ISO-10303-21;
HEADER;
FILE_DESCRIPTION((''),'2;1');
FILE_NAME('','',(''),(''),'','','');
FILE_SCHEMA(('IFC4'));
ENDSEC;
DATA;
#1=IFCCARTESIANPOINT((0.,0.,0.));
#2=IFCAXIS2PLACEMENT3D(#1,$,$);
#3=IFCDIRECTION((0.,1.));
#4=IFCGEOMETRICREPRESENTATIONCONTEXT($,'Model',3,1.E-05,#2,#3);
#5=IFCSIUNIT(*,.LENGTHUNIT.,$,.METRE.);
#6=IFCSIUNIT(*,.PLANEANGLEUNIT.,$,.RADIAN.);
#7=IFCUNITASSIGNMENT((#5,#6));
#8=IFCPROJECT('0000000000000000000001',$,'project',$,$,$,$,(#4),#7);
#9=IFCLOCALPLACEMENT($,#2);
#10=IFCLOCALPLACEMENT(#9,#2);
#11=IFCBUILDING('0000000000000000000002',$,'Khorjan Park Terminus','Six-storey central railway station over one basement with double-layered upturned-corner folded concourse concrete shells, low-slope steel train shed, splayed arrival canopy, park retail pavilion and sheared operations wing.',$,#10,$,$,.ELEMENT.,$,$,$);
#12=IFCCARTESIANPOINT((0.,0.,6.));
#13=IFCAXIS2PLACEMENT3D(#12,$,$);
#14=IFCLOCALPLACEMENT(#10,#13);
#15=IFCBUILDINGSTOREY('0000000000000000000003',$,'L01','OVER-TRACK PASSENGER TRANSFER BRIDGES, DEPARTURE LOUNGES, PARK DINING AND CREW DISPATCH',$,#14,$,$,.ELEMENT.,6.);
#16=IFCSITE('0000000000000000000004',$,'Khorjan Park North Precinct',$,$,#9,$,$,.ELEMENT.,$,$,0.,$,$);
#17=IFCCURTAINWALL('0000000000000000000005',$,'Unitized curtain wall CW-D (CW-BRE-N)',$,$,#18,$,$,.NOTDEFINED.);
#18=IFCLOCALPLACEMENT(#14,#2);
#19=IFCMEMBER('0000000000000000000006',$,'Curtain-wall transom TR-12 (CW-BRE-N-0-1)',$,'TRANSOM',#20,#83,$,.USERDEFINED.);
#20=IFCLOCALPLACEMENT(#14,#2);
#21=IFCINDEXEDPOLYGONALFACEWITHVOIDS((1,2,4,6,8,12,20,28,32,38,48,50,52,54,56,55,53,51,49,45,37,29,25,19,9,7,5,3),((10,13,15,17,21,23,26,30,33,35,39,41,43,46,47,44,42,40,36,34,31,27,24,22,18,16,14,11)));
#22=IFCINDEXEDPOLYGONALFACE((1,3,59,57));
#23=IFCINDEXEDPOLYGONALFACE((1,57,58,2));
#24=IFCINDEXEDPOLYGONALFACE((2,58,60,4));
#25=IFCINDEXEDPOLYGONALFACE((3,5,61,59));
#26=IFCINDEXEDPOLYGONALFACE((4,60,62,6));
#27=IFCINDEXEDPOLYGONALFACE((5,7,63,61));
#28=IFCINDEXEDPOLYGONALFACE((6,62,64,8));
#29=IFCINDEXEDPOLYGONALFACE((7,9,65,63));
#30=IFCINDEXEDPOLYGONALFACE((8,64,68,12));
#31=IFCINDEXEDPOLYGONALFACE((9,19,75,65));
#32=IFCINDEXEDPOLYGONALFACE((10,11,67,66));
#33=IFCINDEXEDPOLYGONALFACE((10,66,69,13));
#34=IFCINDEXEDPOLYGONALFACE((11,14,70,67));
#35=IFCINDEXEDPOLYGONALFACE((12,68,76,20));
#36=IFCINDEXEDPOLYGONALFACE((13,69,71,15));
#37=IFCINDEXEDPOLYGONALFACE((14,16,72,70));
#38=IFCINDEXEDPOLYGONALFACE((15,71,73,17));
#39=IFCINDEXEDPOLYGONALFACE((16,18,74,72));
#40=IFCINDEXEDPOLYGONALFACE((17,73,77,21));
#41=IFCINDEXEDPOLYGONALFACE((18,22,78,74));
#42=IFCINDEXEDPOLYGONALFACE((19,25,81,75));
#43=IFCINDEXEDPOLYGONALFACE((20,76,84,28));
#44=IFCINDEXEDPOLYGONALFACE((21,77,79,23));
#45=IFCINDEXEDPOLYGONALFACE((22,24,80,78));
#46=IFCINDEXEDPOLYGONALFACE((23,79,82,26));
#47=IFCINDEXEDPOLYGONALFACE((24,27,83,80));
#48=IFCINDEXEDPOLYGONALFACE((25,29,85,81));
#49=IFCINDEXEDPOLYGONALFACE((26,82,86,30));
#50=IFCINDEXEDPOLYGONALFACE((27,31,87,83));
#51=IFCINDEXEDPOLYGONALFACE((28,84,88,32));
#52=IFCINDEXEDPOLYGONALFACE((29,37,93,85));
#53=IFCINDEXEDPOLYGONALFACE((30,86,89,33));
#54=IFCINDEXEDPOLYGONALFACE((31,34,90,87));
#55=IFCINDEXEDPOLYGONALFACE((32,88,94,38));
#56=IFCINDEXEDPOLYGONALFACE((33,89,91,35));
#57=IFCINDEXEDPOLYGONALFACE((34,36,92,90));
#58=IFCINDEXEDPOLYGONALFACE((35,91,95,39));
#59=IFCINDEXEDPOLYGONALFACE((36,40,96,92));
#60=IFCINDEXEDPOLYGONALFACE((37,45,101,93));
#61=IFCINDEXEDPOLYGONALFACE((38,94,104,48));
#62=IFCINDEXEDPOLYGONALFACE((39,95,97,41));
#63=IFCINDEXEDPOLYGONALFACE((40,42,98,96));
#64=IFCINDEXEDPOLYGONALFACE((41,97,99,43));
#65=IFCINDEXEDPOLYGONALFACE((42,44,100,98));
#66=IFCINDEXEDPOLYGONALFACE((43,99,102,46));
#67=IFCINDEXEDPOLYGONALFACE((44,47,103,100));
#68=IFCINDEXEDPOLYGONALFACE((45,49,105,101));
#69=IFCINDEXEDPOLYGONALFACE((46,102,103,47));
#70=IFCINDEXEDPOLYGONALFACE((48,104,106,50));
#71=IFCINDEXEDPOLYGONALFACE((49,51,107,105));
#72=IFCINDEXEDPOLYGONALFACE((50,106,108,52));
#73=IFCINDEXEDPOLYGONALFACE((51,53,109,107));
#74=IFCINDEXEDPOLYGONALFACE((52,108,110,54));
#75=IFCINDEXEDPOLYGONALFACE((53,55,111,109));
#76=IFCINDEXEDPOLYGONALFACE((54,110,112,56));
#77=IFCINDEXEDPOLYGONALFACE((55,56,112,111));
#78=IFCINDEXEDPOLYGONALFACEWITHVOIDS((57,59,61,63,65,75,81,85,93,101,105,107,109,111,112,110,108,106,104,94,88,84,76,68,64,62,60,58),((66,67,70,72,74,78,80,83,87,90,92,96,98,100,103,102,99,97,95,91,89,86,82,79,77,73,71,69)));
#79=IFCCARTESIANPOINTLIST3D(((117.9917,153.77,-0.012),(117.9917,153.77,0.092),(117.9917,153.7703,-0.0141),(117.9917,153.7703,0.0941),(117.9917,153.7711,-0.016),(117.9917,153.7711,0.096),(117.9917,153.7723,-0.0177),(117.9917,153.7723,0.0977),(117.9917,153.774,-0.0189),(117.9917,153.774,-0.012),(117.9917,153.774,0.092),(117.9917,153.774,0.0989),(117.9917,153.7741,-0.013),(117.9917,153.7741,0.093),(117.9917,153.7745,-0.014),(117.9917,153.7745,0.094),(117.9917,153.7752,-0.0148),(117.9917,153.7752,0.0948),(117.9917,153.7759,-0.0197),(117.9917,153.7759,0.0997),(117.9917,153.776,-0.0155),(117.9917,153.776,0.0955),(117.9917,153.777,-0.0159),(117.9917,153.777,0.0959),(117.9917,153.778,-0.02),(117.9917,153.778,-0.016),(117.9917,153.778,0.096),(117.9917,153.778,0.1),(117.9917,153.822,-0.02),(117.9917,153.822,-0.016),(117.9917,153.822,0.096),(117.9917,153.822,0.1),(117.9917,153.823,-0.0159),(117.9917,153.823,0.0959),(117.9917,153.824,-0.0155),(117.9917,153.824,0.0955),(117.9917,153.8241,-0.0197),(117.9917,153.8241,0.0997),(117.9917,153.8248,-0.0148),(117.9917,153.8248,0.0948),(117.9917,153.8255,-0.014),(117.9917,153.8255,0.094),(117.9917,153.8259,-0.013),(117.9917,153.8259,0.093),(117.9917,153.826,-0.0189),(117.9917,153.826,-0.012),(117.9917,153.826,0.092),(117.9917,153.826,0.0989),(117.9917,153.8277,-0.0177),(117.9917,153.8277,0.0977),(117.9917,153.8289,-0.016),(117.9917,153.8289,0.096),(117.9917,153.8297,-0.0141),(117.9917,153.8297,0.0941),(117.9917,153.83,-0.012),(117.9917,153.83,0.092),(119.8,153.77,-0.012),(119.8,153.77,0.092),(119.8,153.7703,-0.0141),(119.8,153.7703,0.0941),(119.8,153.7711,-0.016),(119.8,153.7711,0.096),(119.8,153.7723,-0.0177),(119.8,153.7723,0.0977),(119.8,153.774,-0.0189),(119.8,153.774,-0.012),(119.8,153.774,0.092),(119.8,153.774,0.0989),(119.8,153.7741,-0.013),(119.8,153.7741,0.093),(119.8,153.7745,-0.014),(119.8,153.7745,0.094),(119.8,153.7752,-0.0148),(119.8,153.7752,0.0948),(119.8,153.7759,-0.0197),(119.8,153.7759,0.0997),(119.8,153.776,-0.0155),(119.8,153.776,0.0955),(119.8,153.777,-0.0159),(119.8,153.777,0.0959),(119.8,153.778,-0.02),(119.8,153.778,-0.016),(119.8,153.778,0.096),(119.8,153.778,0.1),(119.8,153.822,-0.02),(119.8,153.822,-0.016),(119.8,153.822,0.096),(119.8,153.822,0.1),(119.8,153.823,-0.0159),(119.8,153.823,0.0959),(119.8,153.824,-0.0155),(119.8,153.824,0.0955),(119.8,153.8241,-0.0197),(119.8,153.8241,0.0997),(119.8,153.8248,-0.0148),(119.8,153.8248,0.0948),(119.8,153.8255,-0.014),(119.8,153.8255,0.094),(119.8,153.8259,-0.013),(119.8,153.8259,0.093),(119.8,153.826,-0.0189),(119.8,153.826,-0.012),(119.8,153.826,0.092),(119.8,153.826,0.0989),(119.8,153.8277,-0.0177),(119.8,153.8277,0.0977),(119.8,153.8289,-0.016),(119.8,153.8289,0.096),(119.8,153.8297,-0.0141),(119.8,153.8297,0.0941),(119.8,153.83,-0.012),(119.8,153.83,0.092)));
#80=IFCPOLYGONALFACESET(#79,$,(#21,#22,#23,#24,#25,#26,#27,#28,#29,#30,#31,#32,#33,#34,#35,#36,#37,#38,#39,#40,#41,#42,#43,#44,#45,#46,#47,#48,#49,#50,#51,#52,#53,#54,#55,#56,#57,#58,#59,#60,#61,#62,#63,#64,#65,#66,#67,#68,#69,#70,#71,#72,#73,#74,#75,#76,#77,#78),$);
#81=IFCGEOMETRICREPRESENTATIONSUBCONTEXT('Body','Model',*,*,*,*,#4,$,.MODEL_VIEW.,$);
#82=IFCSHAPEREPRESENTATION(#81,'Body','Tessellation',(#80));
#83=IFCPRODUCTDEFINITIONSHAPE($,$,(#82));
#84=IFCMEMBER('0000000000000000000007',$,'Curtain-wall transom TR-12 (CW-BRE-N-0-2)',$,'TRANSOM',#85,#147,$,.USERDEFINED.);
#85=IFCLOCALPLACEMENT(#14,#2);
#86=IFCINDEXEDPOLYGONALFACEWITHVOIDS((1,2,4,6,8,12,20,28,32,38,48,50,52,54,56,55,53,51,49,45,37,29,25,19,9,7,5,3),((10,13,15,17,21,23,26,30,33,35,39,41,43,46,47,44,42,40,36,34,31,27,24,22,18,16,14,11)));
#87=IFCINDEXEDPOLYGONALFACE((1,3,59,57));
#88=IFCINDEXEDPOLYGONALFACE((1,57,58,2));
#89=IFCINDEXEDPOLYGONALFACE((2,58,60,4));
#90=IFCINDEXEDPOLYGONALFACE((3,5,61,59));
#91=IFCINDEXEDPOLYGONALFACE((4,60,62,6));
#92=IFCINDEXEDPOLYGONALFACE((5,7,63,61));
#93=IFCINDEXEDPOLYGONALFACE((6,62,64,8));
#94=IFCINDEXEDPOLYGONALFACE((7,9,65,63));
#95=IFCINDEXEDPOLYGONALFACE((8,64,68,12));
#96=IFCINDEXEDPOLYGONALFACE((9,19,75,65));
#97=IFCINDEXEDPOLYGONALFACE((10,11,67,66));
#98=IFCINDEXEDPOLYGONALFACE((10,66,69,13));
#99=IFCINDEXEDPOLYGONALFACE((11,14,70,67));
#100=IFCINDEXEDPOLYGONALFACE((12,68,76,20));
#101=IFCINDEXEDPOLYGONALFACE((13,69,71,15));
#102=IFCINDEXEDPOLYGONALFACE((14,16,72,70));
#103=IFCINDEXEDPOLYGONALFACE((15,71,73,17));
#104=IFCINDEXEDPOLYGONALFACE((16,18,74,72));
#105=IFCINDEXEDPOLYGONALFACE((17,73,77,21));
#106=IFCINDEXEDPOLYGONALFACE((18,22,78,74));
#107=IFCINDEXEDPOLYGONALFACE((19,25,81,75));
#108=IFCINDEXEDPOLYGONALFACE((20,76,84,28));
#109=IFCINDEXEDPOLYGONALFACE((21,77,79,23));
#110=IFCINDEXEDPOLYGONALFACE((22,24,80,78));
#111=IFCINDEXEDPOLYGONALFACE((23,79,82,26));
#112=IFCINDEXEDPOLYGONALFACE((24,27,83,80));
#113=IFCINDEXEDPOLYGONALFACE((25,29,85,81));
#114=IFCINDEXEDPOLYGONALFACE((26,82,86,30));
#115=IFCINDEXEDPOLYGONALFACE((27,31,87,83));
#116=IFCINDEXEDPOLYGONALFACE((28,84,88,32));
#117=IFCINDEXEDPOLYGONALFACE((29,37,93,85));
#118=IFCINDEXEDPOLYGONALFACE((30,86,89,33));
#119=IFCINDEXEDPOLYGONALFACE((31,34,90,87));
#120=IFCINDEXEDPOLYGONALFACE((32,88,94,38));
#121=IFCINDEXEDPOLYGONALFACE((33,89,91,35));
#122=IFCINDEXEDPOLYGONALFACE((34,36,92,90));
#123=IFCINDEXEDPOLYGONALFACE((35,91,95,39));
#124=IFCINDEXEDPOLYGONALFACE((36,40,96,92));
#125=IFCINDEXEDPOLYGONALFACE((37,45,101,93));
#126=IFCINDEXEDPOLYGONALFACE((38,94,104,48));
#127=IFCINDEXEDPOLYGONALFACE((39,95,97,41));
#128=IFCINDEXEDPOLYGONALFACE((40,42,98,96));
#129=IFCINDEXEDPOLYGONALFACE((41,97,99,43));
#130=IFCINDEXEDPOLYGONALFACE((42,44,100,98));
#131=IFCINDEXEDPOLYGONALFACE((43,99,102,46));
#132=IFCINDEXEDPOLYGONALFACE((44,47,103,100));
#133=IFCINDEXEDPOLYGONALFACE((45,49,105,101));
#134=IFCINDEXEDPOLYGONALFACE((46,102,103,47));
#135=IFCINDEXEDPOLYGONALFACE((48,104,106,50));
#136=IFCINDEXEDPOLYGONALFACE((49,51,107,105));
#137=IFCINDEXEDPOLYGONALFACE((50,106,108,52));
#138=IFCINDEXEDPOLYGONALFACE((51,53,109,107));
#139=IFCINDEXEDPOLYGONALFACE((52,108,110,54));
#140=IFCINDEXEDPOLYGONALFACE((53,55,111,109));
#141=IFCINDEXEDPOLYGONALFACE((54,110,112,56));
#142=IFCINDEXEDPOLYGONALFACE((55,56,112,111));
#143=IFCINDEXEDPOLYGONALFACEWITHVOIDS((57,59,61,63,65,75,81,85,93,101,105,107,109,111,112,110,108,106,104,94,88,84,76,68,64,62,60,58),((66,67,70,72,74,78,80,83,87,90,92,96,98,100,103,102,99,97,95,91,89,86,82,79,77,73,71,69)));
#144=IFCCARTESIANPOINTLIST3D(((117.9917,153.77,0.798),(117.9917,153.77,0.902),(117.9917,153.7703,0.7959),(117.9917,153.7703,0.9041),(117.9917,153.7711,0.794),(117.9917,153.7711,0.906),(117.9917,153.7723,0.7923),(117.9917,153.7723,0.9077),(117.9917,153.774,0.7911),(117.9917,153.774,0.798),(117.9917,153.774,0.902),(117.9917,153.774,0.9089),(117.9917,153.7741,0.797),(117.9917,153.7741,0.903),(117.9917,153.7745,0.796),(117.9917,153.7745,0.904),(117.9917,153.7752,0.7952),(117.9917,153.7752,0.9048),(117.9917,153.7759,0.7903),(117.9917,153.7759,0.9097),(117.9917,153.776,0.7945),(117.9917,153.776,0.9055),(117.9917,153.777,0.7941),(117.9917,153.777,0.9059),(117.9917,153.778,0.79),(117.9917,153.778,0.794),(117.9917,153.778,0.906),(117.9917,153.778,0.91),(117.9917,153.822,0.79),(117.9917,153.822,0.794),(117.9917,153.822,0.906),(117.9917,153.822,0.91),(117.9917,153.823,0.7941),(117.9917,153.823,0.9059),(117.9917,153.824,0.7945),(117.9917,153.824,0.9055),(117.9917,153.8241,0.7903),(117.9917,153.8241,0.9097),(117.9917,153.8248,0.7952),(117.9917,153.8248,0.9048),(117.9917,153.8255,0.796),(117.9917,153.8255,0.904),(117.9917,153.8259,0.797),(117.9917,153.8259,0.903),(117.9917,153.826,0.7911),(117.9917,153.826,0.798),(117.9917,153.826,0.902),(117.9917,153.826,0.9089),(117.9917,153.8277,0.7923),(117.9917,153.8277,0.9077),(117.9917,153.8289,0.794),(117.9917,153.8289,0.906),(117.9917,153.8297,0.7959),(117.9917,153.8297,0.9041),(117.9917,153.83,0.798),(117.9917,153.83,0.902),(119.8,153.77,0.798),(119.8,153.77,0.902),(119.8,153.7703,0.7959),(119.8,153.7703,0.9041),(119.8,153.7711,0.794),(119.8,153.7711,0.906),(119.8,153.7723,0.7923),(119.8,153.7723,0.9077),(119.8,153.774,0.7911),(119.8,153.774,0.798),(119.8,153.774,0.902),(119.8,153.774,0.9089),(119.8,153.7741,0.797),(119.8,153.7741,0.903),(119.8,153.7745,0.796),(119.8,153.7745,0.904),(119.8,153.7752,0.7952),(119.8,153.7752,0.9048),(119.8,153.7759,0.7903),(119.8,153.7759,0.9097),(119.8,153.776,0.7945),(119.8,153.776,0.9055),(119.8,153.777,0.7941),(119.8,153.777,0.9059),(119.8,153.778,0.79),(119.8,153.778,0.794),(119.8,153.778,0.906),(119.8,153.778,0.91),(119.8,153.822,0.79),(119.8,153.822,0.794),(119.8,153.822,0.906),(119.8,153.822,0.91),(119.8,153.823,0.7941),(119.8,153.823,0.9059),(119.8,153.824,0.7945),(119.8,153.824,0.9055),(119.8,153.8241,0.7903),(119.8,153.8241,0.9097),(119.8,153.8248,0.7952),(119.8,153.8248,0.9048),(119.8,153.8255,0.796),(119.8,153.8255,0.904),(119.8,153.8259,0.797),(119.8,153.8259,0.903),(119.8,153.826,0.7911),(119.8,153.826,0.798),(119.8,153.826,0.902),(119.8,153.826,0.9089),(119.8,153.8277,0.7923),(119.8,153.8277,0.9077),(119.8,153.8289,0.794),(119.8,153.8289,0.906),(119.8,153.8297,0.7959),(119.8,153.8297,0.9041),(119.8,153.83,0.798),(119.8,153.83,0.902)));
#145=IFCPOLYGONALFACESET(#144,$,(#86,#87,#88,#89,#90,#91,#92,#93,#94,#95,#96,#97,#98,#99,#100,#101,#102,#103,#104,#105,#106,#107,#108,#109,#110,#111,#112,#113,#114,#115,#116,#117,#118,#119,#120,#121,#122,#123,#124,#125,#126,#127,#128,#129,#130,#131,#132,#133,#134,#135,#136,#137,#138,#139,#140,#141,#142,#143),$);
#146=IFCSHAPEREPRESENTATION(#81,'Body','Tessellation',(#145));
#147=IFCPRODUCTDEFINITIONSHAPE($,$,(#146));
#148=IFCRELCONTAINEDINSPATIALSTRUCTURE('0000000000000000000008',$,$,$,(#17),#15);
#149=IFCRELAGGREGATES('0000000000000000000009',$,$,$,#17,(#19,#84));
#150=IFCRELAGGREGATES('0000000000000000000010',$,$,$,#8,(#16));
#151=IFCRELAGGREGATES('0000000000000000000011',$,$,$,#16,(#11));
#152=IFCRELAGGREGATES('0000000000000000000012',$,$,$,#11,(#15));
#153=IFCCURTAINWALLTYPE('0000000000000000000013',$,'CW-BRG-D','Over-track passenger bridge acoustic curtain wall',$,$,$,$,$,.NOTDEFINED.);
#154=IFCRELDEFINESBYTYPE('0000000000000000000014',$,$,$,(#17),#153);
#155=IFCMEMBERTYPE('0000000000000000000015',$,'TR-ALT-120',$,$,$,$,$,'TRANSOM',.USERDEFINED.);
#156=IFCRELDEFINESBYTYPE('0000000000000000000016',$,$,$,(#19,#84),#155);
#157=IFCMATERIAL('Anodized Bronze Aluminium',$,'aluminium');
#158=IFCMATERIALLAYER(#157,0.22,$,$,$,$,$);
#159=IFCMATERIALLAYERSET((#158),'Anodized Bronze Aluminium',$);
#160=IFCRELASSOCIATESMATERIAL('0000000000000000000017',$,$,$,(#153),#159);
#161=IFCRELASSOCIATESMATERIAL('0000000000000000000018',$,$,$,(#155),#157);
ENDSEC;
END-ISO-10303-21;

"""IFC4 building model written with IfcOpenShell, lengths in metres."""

from ifc_helpers import new_model, si_unit, direction, frame, origin, origin_2d, place, context, subcontext, project, spatial, hollow_rectangle, extrude, material, layer, layer_set, material_profile, profile_set, type_object, element, aggregate, save


model = new_model("IFC4")

# Units and contexts
model_context = context("Model", 3, precision=1e-05, world=origin(), true_north=direction((0.0, 1.0)))
body_context = subcontext(model_context, "Body", "Model", "MODEL_VIEW")
ifc_project = project(units=[si_unit("LENGTHUNIT", "METRE"), si_unit("PLANEANGLEUNIT", "RADIAN")], contexts=[model_context])

# Site, building, storey
site_placement = place(None, origin())
site = spatial("IfcSite", under=ifc_project, at=site_placement, Name="Khorjan Park North Precinct", CompositionType="ELEMENT", RefElevation=0.0)
building_placement = place(site_placement, origin())
building = spatial("IfcBuilding", under=site, at=building_placement, Name="Khorjan Park Terminus", Description="Six-storey central railway station over one basement with double-layered upturned-corner folded concourse concrete shells, low-slope steel train shed, splayed arrival canopy, park retail pavilion and sheared operations wing.", CompositionType="ELEMENT")
storey_placement = place(building_placement, frame((0.0, 0.0, 6.0)))
storey = spatial("IfcBuildingStorey", under=building, at=storey_placement, Name="L01", Description="OVER-TRACK PASSENGER TRANSFER BRIDGES, DEPARTURE LOUNGES, PARK DINING AND CREW DISPATCH", CompositionType="ELEMENT", Elevation=6.0)

# Curtain wall, members
ifc_material_1 = material(Name="Anodized Bronze Aluminium", Category="aluminium")
ifc_layer_1 = layer(ifc_material_1, 0.22)
ifc_layer_set_1 = layer_set([ifc_layer_1], Name="Anodized Bronze Aluminium")
curtain_wall_type = type_object("IfcCurtainWallType", Name="CW-BRG-D", Description="Over-track passenger bridge acoustic curtain wall", PredefinedType="NOTDEFINED", material=ifc_layer_set_1)
curtain_wall_placement = place(storey_placement, origin())
curtain_wall = element("IfcCurtainWall", 1, at=curtain_wall_placement, inside=storey, type_object=curtain_wall_type, Name="Unitized curtain wall CW-D (CW-BRE-N)", PredefinedType="NOTDEFINED")
ifc_material_profile_1 = material_profile(ifc_material_1, hollow_rectangle(XDim=0.06, YDim=0.12, WallThickness=0.004, InnerFilletRadius=0.004, OuterFilletRadius=0.008, at=origin_2d()), Name="ALT 60x120x4")
ifc_profile_set_1 = profile_set([ifc_material_profile_1], Name="Anodized Bronze Aluminium")
member_type_1 = type_object("IfcMemberType", Name="TR-ALT-120", ElementType="TRANSOM", PredefinedType="USERDEFINED", material=ifc_profile_set_1)
member_1_placement = place(storey_placement, frame((119.8, 153.8, 0.04), z_axis=(-1.0, 0.0, 0.0), x_axis=(0.0, -1.0, 0.0)))
member_1 = element("IfcMember", 2, at=member_1_placement, type_object=member_type_1, Name="Curtain-wall transom TR-12 (CW-BRE-N-0-1)", ObjectType="TRANSOM", PredefinedType="USERDEFINED", context=body_context, shape_type="SweptSolid", body=[
    extrude(hollow_rectangle(XDim=0.06, YDim=0.12, WallThickness=0.004, InnerFilletRadius=0.004, OuterFilletRadius=0.008, at=origin_2d()), origin(), (0.0, 0.0, 1.0), 1.8083),
])
member_2_placement = place(storey_placement, frame((119.8, 153.8, 0.85), z_axis=(-1.0, 0.0, 0.0), x_axis=(0.0, -1.0, 0.0)))
member_2 = element("IfcMember", 3, at=member_2_placement, type_object=member_type_1, Name="Curtain-wall transom TR-12 (CW-BRE-N-0-2)", ObjectType="TRANSOM", PredefinedType="USERDEFINED", context=body_context, shape_type="SweptSolid", body=[
    extrude(hollow_rectangle(XDim=0.06, YDim=0.12, WallThickness=0.004, InnerFilletRadius=0.004, OuterFilletRadius=0.008, at=origin_2d()), origin(), (0.0, 0.0, 1.0), 1.8083),
])
aggregate(curtain_wall, [member_1, member_2])

save(model, "model.ifc")
